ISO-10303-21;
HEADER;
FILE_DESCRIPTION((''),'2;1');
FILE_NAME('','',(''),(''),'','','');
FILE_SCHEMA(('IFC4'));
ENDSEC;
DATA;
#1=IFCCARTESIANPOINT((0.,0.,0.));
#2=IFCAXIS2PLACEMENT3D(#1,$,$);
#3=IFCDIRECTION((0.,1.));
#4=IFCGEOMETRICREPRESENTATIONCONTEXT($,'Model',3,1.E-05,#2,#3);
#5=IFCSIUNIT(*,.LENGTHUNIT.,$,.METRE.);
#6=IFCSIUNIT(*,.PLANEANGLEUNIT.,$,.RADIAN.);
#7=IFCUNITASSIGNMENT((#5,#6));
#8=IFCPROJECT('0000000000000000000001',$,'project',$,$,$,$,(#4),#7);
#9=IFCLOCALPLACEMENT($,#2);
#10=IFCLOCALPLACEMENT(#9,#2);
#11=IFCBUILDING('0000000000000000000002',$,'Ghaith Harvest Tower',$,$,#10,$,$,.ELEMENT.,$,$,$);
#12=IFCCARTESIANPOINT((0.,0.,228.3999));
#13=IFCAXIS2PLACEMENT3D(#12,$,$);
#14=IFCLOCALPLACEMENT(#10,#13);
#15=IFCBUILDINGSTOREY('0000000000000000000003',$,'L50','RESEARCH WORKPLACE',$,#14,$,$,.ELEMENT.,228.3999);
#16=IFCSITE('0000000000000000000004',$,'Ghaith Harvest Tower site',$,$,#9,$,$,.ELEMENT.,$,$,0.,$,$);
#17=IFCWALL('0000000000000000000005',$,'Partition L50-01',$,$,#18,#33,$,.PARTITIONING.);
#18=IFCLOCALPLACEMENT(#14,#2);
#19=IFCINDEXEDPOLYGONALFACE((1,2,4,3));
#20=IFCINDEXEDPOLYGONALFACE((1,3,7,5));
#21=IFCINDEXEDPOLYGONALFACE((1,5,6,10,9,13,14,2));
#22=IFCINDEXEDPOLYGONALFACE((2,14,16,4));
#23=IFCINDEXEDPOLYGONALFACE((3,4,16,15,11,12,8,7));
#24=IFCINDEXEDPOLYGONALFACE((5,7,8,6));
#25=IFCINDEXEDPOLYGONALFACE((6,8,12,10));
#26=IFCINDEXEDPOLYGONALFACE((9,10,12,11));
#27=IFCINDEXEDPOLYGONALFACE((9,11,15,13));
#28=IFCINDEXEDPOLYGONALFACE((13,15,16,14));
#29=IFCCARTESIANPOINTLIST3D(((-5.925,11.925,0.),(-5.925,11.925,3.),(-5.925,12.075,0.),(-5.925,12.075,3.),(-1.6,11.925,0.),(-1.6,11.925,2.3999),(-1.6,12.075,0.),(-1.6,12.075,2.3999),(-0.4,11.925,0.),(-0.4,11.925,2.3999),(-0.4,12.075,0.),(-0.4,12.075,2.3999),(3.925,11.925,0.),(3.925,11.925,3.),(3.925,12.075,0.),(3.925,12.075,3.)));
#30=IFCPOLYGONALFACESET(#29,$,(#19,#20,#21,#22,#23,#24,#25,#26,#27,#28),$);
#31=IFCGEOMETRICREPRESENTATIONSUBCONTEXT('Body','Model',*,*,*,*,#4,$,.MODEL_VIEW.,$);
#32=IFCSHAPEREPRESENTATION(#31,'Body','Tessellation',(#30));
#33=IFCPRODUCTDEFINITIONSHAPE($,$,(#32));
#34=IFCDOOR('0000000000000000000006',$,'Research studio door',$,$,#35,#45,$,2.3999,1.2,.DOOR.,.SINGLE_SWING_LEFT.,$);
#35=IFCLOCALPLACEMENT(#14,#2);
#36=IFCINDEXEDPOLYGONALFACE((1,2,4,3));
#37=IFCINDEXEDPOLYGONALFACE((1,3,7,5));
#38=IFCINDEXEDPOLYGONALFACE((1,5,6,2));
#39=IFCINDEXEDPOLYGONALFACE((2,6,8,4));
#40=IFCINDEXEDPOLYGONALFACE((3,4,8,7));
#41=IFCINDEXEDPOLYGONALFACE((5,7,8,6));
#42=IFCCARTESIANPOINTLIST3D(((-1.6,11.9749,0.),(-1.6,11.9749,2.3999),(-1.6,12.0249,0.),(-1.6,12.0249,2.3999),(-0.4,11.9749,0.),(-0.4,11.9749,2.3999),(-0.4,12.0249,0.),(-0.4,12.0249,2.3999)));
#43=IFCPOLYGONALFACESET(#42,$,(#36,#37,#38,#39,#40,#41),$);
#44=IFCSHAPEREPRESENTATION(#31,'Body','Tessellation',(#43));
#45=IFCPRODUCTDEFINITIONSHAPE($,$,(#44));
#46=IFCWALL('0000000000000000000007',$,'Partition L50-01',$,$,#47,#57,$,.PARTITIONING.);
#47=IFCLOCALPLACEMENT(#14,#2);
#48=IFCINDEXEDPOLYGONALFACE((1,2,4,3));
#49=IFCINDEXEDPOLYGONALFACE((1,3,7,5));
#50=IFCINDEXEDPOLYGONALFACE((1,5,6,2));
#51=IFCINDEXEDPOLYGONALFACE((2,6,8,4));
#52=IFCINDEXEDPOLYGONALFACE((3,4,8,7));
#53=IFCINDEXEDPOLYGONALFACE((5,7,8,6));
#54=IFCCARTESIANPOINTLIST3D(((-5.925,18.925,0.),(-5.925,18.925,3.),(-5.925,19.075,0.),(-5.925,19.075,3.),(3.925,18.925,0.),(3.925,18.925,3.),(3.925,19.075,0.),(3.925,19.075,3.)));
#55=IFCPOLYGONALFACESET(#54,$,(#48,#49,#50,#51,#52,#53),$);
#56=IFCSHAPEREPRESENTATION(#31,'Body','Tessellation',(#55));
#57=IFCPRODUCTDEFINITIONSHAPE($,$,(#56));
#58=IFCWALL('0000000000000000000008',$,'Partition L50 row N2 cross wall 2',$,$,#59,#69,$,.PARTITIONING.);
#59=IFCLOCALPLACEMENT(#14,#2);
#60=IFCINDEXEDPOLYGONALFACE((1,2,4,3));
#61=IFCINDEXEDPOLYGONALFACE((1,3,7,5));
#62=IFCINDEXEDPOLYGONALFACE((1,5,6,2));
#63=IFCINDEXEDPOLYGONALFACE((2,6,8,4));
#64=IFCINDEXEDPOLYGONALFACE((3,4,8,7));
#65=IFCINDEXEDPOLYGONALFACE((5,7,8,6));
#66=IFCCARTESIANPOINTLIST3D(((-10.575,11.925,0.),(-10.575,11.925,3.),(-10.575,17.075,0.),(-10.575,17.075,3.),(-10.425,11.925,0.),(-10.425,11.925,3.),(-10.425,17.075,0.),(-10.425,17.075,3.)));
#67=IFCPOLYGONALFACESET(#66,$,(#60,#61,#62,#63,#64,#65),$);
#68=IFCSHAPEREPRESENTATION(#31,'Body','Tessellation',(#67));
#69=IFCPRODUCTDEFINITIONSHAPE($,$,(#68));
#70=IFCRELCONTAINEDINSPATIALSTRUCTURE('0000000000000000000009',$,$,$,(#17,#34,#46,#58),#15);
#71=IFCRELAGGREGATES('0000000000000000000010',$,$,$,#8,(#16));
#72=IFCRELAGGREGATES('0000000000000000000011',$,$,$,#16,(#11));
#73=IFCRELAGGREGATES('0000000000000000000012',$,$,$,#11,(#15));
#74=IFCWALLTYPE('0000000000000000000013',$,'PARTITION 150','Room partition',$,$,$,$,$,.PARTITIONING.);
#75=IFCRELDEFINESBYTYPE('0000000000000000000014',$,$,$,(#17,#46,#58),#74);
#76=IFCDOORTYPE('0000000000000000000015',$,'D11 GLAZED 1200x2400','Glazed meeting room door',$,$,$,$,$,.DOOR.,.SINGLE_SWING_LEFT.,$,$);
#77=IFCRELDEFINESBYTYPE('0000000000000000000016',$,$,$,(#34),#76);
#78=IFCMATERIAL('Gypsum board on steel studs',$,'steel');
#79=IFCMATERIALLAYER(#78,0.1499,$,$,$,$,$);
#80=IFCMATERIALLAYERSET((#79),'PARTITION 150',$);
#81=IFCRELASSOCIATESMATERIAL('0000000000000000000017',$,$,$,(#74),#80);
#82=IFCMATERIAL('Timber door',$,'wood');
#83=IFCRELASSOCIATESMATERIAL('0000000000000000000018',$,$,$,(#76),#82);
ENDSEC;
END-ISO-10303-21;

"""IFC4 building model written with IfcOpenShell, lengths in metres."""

from ifc_helpers import new_model, si_unit, direction, frame, frame_2d, origin, place, context, subcontext, project, spatial, rectangle, extrude, material, layer, layer_set, type_object, element, fill, save


model = new_model("IFC4")

# Units and contexts
model_context = context("Model", 3, precision=1e-05, world=origin(), true_north=direction((0.0, 1.0)))
body_context = subcontext(model_context, "Body", "Model", "MODEL_VIEW")
ifc_project = project(units=[si_unit("LENGTHUNIT", "METRE"), si_unit("PLANEANGLEUNIT", "RADIAN")], contexts=[model_context])

# Site, building, storey
site_placement = place(None, origin())
site = spatial("IfcSite", under=ifc_project, at=site_placement, Name="Ghaith Harvest Tower site", CompositionType="ELEMENT", RefElevation=0.0)
building_placement = place(site_placement, origin())
building = spatial("IfcBuilding", under=site, at=building_placement, Name="Ghaith Harvest Tower", CompositionType="ELEMENT")
storey_placement = place(building_placement, frame((0.0, 0.0, 228.3999)))
storey = spatial("IfcBuildingStorey", under=building, at=storey_placement, Name="L50", Description="RESEARCH WORKPLACE", CompositionType="ELEMENT", Elevation=228.3999)

# Shared definitions
ifc_material_1 = material(Name="Gypsum board on steel studs", Category="steel")
ifc_layer_1 = layer(ifc_material_1, 0.1499)
ifc_layer_set_1 = layer_set([ifc_layer_1], Name="PARTITION 150")
wall_type = type_object("IfcWallType", Name="PARTITION 150", Description="Room partition", PredefinedType="PARTITIONING", material=ifc_layer_set_1)

# Wall, opening, door
wall_1_placement = place(storey_placement, frame((-5.925, 12.0, 0.0), z_axis=(0.0, 0.0, 1.0), x_axis=(1.0, 0.0, 0.0)))
wall_1 = element("IfcWall", 1, at=wall_1_placement, inside=storey, type_object=wall_type, Name="Partition L50-01", PredefinedType="PARTITIONING", context=body_context, shape_type="SweptSolid", body=[
    extrude(rectangle(XDim=9.8501, YDim=0.1499, at=frame_2d((4.925, 0.0))), origin(), (0.0, 0.0, 1.0), 3.0),
])
opening_placement = place(wall_1_placement, frame((4.325, 0.0, 0.0)))
opening = element("IfcOpeningElement", 2, at=opening_placement, cuts=wall_1, PredefinedType="OPENING", context=body_context, shape_type="SweptSolid", body=[
    extrude(rectangle(XDim=1.2, YDim=2.3999, at=frame_2d((0.6001, 1.2))), frame((0.0, 0.085, 0.0), z_axis=(0.0, -1.0, 0.0), x_axis=(1.0, 0.0, 0.0)), (0.0, 0.0, 1.0), 0.1699),
])
ifc_material_2 = material(Name="Timber door", Category="wood")
door_type = type_object("IfcDoorType", Name="D11 GLAZED 1200x2400", Description="Glazed meeting room door", OperationType="SINGLE_SWING_LEFT", PredefinedType="DOOR", material=ifc_material_2)
door_placement = place(opening_placement, origin())
door = element("IfcDoor", 3, at=door_placement, inside=storey, type_object=door_type, Name="Research studio door", OperationType="SINGLE_SWING_LEFT", OverallHeight=2.3999, OverallWidth=1.2, PredefinedType="DOOR", context=body_context, shape_type="SweptSolid", body=[
    extrude(rectangle(XDim=1.2, YDim=2.3999, at=frame_2d((0.6001, 1.2))), frame((0.0, 0.0249, 0.0), z_axis=(0.0, -1.0, 0.0), x_axis=(1.0, 0.0, 0.0)), (0.0, 0.0, 1.0), 0.05),
])
fill(opening, door)

# Walls
wall_2_placement = place(storey_placement, frame((-5.925, 19.0, 0.0), z_axis=(0.0, 0.0, 1.0), x_axis=(1.0, 0.0, 0.0)))
element("IfcWall", 4, at=wall_2_placement, inside=storey, type_object=wall_type, Name="Partition L50-01", PredefinedType="PARTITIONING", context=body_context, shape_type="SweptSolid", body=[
    extrude(rectangle(XDim=9.8501, YDim=0.1499, at=frame_2d((4.925, 0.0))), origin(), (0.0, 0.0, 1.0), 3.0),
])
wall_3_placement = place(storey_placement, frame((-10.5, 11.925, 0.0), z_axis=(0.0, 0.0, 1.0), x_axis=(0.0, 1.0, 0.0)))
element("IfcWall", 5, at=wall_3_placement, inside=storey, type_object=wall_type, Name="Partition L50 row N2 cross wall 2", PredefinedType="PARTITIONING", context=body_context, shape_type="SweptSolid", body=[
    extrude(rectangle(XDim=5.1499, YDim=0.1499, at=frame_2d((2.575, 0.0))), origin(), (0.0, 0.0, 1.0), 3.0),
])

save(model, "model.ifc")
